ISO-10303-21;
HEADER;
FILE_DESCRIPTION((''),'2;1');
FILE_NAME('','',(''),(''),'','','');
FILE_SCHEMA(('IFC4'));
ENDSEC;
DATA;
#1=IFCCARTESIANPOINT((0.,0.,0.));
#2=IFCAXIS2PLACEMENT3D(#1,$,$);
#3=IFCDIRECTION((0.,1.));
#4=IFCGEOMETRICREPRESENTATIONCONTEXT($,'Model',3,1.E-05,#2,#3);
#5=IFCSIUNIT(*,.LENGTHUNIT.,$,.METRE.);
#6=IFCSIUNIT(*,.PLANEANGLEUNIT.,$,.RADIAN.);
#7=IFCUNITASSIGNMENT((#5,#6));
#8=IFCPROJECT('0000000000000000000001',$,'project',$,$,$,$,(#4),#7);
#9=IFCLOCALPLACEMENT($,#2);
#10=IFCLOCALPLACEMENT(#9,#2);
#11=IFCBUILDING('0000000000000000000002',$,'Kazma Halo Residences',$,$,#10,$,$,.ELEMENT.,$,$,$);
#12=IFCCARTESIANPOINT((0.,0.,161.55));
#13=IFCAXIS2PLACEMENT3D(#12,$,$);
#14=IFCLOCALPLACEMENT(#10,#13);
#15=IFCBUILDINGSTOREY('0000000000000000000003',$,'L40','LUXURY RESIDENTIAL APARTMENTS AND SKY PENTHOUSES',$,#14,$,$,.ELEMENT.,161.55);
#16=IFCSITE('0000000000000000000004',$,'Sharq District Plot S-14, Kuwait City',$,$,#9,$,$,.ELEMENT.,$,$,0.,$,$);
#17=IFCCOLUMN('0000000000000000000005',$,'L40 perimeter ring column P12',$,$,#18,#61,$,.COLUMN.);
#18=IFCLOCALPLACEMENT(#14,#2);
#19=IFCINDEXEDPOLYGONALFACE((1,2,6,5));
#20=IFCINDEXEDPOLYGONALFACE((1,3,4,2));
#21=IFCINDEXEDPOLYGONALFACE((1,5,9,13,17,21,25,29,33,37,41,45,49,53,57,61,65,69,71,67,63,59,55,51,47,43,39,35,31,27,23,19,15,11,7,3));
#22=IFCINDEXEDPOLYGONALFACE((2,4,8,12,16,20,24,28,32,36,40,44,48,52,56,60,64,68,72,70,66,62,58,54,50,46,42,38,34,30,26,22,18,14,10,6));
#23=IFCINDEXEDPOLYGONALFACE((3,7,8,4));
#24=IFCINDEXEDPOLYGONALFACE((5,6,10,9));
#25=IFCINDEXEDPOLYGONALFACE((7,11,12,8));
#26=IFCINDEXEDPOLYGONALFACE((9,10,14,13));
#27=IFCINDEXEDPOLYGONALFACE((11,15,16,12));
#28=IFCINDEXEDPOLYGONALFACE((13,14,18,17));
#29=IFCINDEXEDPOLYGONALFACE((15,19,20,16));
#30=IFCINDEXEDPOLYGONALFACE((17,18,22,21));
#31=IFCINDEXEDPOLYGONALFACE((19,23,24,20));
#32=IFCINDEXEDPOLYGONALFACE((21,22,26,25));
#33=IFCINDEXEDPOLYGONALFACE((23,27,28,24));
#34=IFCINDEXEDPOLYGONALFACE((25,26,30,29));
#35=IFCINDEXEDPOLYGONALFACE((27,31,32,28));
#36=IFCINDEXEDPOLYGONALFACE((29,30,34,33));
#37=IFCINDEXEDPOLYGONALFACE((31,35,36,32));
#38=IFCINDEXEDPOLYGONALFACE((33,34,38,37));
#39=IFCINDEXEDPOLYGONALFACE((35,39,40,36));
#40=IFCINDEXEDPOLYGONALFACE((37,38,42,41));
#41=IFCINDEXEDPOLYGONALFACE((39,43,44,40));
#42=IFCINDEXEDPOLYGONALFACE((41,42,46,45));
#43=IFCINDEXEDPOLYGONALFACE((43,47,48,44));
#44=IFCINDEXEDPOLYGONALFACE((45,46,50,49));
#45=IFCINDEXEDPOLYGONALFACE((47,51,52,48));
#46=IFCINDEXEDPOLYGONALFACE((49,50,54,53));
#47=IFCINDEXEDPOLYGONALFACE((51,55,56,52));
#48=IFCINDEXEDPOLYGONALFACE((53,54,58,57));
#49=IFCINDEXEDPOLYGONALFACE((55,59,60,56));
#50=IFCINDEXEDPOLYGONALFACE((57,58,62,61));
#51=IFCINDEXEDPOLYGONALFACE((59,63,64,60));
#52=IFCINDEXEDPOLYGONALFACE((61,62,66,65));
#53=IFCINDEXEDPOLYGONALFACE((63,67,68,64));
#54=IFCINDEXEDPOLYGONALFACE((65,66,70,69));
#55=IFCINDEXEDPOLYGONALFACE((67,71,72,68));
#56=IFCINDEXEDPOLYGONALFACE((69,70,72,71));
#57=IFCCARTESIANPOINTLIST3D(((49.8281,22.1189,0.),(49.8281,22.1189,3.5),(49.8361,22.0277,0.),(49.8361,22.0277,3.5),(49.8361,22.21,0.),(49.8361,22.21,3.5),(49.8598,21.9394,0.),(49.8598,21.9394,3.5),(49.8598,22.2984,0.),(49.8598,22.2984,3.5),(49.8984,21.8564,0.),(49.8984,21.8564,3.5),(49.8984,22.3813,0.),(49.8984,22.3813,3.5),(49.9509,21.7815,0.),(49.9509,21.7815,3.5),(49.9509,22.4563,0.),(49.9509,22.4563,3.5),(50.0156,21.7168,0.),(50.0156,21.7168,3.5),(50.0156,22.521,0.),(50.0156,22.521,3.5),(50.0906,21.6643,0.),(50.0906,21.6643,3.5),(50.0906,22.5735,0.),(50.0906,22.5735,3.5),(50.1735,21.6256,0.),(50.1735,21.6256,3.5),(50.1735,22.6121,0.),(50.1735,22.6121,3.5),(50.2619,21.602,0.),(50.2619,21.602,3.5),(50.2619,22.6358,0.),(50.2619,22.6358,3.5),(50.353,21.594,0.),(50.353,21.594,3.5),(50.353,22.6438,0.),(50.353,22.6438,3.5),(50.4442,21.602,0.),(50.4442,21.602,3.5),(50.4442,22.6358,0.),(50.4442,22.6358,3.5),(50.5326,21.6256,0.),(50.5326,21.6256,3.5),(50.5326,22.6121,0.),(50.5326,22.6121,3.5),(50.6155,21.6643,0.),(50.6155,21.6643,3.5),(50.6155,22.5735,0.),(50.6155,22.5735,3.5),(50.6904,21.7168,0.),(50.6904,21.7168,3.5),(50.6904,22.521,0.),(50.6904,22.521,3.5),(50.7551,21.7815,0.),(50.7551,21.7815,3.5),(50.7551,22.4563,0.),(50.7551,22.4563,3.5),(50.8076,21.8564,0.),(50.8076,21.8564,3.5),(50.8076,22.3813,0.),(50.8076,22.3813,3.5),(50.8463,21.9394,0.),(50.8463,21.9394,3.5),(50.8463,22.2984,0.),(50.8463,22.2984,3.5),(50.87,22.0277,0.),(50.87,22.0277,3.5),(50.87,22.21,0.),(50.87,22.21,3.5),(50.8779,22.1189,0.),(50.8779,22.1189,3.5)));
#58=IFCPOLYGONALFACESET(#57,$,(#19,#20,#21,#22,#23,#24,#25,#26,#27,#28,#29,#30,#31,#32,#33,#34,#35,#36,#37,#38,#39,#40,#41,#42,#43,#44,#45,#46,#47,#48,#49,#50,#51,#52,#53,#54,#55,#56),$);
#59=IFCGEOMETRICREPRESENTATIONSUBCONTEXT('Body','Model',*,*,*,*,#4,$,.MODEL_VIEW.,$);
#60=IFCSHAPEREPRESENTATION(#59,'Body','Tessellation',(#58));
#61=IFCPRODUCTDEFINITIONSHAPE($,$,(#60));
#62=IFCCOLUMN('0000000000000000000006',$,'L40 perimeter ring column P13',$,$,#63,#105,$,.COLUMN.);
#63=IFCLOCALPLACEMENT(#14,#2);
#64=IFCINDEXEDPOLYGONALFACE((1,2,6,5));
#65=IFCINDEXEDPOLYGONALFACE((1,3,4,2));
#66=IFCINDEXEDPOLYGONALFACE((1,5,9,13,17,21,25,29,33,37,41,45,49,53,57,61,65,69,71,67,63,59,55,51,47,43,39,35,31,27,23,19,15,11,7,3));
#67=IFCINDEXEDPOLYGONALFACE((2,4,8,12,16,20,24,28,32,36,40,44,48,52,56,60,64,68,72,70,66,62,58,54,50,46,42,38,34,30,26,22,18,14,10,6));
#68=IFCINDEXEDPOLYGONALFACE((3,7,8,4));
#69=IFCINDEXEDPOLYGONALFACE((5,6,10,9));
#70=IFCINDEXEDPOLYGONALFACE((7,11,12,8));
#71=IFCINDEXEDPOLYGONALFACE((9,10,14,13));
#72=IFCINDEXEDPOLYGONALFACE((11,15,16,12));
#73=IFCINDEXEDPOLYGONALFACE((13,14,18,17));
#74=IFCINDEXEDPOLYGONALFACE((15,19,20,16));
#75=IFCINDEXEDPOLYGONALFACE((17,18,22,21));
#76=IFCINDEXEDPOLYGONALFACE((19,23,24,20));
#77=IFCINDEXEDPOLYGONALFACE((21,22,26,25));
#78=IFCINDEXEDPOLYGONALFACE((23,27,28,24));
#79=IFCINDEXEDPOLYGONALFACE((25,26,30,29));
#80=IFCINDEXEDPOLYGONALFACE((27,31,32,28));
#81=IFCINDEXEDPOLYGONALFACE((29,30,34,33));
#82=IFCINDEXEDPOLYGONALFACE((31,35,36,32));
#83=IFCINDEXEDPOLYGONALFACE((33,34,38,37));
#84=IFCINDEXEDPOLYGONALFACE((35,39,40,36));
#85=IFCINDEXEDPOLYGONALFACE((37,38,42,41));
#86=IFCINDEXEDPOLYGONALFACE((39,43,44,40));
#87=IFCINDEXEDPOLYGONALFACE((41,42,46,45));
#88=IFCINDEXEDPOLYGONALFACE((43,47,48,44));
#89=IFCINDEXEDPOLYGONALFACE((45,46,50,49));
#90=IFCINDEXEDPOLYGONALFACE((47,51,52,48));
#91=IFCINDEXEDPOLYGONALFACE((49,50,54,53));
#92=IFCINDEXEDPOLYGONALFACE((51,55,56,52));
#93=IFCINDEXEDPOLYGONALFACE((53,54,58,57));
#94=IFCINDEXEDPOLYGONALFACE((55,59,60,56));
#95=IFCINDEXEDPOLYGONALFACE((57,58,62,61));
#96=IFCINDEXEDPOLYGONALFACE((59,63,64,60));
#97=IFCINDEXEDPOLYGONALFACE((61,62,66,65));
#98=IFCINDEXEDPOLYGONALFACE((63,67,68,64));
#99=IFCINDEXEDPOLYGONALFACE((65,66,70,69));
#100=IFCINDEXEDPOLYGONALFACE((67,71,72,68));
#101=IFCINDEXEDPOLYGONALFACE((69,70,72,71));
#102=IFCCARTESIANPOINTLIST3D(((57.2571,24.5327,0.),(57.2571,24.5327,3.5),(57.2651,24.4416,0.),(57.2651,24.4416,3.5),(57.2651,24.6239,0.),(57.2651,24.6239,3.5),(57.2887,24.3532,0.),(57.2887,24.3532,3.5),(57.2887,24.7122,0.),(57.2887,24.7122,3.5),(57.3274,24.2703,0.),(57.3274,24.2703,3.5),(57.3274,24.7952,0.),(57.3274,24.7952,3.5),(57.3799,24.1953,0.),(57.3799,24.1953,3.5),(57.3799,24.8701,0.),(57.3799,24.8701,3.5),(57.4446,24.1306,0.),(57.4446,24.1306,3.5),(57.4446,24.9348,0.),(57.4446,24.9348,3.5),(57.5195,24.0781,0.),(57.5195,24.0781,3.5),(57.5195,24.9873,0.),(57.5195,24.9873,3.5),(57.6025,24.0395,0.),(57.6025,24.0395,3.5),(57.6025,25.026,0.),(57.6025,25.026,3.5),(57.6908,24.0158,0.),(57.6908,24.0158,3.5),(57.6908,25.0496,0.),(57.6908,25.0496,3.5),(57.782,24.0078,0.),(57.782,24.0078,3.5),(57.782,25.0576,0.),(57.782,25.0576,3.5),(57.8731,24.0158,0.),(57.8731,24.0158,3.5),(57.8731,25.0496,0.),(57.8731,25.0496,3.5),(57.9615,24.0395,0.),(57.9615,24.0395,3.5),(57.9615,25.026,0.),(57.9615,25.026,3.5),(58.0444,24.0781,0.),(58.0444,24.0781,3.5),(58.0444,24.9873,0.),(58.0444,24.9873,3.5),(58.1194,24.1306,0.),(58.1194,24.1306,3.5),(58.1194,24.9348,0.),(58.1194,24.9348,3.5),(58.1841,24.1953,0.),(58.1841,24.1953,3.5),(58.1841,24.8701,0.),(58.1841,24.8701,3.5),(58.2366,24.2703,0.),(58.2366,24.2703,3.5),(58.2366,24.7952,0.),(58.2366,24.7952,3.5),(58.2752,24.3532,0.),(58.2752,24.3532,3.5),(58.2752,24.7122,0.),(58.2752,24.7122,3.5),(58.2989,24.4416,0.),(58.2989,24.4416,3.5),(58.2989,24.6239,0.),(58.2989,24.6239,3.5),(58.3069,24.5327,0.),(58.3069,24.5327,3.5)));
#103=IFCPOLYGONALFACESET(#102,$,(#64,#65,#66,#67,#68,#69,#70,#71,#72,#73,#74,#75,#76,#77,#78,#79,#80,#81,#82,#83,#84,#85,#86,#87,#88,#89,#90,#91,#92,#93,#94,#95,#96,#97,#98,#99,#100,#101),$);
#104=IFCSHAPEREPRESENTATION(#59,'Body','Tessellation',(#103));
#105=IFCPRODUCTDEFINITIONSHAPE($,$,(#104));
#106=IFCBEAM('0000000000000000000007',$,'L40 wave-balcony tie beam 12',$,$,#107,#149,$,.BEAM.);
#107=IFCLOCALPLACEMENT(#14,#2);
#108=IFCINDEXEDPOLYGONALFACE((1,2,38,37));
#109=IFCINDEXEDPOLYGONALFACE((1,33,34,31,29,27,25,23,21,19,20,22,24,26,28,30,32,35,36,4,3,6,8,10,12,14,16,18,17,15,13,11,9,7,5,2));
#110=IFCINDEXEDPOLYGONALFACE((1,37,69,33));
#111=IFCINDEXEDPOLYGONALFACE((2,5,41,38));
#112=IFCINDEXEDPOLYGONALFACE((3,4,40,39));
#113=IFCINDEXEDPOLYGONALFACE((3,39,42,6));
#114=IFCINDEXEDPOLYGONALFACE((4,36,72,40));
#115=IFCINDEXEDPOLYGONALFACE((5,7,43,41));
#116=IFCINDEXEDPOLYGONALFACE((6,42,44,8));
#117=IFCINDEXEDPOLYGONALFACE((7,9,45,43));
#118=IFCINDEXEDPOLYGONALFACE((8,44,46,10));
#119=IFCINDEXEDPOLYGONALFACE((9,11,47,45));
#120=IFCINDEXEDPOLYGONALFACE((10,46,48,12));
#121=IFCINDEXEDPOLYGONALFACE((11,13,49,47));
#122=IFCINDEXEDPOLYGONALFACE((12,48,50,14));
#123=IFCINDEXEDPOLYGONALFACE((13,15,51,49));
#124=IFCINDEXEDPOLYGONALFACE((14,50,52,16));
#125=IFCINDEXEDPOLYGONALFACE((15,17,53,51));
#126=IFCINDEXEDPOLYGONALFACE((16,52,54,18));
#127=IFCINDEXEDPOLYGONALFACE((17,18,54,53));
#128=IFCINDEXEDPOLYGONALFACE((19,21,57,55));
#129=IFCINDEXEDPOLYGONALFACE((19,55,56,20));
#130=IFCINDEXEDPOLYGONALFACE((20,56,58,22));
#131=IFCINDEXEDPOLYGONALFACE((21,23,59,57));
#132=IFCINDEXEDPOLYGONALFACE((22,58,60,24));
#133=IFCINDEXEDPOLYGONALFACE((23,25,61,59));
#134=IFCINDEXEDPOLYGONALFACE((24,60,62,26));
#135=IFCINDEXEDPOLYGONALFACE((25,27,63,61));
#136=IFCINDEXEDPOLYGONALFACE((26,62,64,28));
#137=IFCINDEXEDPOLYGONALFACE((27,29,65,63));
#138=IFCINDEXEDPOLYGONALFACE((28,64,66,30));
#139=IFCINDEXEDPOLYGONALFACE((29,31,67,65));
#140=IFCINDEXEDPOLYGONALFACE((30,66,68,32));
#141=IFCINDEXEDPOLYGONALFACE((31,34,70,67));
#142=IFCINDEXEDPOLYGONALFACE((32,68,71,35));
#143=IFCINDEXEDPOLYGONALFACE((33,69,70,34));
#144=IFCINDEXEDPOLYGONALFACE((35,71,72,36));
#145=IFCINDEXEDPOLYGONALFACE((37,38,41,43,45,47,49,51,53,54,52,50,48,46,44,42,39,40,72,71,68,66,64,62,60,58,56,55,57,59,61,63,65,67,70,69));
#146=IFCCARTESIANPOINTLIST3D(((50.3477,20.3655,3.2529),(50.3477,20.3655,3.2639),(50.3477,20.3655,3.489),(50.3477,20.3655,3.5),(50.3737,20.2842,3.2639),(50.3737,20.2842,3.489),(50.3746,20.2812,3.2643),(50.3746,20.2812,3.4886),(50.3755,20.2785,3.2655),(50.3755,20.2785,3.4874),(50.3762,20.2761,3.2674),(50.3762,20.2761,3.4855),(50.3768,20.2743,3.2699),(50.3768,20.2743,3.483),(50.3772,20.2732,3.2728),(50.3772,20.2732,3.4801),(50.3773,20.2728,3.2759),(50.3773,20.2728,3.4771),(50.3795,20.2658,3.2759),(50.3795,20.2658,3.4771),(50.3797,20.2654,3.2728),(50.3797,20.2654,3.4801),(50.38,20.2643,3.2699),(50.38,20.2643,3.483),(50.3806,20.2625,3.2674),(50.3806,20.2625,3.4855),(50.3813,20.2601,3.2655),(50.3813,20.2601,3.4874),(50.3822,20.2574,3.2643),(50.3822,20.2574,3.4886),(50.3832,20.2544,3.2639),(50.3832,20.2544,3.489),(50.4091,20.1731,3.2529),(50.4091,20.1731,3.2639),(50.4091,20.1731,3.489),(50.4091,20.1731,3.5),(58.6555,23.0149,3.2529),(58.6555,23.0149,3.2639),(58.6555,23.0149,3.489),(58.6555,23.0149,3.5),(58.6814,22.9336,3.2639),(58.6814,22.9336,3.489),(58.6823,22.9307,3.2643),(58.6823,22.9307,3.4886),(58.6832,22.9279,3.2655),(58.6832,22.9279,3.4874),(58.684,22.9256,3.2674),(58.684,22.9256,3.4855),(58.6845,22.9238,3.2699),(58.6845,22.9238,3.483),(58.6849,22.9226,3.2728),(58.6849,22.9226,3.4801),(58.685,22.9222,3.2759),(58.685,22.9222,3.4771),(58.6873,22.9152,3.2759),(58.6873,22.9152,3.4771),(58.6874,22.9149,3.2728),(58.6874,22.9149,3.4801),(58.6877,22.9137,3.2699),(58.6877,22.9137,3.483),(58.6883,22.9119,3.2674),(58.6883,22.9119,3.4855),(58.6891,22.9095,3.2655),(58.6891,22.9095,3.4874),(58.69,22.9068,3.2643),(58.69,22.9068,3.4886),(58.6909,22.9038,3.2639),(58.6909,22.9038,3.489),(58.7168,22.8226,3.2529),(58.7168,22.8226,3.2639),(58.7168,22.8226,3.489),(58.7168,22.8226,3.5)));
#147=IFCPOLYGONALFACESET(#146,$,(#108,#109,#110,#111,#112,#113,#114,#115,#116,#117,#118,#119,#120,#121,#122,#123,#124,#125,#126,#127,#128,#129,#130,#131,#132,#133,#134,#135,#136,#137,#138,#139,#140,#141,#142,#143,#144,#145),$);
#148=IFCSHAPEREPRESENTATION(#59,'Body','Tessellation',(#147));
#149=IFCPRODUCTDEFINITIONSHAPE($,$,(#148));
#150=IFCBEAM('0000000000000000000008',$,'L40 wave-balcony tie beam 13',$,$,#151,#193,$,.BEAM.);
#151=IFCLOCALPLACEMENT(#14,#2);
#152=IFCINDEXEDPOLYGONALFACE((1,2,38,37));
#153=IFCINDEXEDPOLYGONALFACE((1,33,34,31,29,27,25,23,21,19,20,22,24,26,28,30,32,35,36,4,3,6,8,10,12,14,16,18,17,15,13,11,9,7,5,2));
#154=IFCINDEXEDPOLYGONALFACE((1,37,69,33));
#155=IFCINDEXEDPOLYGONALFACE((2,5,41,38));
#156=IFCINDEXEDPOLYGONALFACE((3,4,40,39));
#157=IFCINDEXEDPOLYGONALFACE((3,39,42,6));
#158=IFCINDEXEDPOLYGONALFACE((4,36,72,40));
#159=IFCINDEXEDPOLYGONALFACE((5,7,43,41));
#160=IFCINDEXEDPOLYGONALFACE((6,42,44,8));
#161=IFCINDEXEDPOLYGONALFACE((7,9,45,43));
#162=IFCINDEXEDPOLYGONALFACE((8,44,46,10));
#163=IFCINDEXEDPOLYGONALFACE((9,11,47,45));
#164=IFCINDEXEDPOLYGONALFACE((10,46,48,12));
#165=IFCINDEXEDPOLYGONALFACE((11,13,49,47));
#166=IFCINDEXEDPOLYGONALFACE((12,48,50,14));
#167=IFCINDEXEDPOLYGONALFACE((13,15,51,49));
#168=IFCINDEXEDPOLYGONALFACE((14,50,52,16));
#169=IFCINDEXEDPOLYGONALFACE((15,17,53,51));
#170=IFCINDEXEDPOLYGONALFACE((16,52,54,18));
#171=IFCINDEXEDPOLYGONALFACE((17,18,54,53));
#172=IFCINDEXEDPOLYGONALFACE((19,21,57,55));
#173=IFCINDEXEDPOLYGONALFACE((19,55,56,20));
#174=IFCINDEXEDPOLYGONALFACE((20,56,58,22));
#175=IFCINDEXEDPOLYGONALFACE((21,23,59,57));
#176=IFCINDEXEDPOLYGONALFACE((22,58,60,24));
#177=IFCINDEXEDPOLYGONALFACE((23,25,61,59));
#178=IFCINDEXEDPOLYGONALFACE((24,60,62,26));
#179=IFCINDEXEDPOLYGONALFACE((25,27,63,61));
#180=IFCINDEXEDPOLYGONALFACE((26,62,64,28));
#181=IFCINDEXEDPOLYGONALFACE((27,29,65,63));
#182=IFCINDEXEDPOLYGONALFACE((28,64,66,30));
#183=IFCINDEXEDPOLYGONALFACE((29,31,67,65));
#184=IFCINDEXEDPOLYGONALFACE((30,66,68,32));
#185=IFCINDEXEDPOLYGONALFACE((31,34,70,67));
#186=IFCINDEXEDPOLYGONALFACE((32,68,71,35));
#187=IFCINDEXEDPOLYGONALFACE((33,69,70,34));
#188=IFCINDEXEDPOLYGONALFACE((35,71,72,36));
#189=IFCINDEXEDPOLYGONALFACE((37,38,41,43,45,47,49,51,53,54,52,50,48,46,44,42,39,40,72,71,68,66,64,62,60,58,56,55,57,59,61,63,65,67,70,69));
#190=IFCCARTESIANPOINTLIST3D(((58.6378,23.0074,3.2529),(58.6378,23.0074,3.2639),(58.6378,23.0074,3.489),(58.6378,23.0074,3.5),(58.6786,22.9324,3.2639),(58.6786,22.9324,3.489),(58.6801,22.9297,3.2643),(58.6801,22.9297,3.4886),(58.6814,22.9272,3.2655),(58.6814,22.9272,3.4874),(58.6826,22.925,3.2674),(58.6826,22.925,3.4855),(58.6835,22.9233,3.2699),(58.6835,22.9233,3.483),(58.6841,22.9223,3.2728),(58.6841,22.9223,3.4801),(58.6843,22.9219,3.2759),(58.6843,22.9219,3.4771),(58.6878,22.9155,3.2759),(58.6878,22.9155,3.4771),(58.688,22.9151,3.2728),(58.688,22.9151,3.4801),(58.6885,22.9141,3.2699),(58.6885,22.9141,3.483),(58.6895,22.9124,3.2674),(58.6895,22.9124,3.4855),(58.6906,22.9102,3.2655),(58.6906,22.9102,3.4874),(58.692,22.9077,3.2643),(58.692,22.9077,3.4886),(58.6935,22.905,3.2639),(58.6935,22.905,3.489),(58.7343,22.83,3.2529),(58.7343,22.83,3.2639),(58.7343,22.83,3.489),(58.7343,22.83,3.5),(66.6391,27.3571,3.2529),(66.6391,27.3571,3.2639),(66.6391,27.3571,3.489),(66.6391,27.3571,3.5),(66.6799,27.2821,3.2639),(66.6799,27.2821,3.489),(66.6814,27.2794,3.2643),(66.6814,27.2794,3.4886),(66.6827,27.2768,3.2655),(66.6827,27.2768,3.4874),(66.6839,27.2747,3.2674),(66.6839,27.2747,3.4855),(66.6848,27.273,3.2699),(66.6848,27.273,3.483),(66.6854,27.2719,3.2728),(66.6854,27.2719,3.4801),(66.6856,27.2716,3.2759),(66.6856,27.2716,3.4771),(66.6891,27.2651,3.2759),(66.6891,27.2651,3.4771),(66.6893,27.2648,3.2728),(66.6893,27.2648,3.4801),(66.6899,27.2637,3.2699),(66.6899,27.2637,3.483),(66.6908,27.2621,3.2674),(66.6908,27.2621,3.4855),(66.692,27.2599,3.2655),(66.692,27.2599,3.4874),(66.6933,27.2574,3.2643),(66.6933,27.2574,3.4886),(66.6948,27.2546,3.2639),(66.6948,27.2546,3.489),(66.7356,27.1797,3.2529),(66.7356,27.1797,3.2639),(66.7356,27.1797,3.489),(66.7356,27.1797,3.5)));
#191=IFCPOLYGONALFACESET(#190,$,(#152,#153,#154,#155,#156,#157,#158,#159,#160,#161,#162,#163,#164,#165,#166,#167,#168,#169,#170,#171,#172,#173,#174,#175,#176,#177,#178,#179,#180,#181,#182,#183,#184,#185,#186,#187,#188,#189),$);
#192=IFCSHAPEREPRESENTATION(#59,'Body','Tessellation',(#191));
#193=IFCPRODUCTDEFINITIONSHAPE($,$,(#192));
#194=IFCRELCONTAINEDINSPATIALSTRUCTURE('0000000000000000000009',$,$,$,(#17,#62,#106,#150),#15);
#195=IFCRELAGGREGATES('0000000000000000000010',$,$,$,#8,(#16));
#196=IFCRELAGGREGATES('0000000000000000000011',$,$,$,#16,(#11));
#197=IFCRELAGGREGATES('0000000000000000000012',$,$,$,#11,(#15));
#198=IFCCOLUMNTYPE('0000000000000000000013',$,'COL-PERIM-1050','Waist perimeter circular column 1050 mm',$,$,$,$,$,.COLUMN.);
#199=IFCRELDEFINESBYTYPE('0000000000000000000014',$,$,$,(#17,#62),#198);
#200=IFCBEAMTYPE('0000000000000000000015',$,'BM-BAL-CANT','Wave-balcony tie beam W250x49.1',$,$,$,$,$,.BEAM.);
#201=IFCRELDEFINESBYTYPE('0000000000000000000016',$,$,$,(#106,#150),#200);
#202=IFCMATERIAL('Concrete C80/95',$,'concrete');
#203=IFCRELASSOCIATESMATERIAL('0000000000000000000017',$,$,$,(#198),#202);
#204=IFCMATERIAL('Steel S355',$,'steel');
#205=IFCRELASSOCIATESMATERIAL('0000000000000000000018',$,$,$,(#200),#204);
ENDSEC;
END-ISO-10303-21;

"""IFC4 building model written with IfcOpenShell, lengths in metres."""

from ifc_helpers import new_model, si_unit, direction, frame, origin, origin_2d, place, context, subcontext, project, spatial, circle, i_section, extrude, material, material_profile, profile_set, type_object, element, save


model = new_model("IFC4")

# Units and contexts
model_context = context("Model", 3, precision=1e-05, world=origin(), true_north=direction((0.0, 1.0)))
body_context = subcontext(model_context, "Body", "Model", "MODEL_VIEW")
ifc_project = project(units=[si_unit("LENGTHUNIT", "METRE"), si_unit("PLANEANGLEUNIT", "RADIAN")], contexts=[model_context])

# Site, building, storey
site_placement = place(None, origin())
site = spatial("IfcSite", under=ifc_project, at=site_placement, Name="Sharq District Plot S-14, Kuwait City", CompositionType="ELEMENT", RefElevation=0.0)
building_placement = place(site_placement, origin())
building = spatial("IfcBuilding", under=site, at=building_placement, Name="Kazma Halo Residences", CompositionType="ELEMENT")
storey_placement = place(building_placement, frame((0.0, 0.0, 161.55)))
storey = spatial("IfcBuildingStorey", under=building, at=storey_placement, Name="L40", Description="LUXURY RESIDENTIAL APARTMENTS AND SKY PENTHOUSES", CompositionType="ELEMENT", Elevation=161.55)

# Columns
ifc_material_1 = material(Name="Concrete C80/95", Category="concrete")
ifc_material_profile_1 = material_profile(ifc_material_1, circle(Radius=0.5249, at=origin_2d()), Name="CIRC1050")
ifc_profile_set_1 = profile_set([ifc_material_profile_1], Name="Concrete C80/95")
column_type = type_object("IfcColumnType", Name="COL-PERIM-1050", Description="Waist perimeter circular column 1050 mm", PredefinedType="COLUMN", material=ifc_profile_set_1)
for number, where, z_axis, x_axis, name in (
    (1, (50.353, 22.1189, 0.0), (0.0, 0.0, 1.0), (1.0, 0.0, 0.0), "L40 perimeter ring column P12"),
    (2, (57.782, 24.5327, 0.0), (0.0, 0.0, 1.0), (1.0, 0.0, 0.0), "L40 perimeter ring column P13"),
):
    element("IfcColumn", number, at=place(storey_placement, frame(where, z_axis=z_axis, x_axis=x_axis)), inside=storey, type_object=column_type, Name=name, PredefinedType="COLUMN", context=body_context, shape_type="SweptSolid", body=[
        extrude(circle(Radius=0.5249, at=origin_2d()), origin(), (0.0, 0.0, 1.0), 3.5),
    ])

# Beams
ifc_material_2 = material(Name="Steel S355", Category="steel")
ifc_material_profile_2 = material_profile(ifc_material_2, i_section(OverallWidth=0.2019, OverallDepth=0.2471, WebThickness=0.0073, FlangeThickness=0.011, FilletRadius=0.012, at=origin_2d()), Name="W250x49.1")
ifc_profile_set_2 = profile_set([ifc_material_profile_2], Name="Steel S355")
beam_type_1 = type_object("IfcBeamType", Name="BM-BAL-CANT", Description="Wave-balcony tie beam W250x49.1", PredefinedType="BEAM", material=ifc_profile_set_2)
beam_1_placement = place(storey_placement, frame((50.3784, 20.2693, 3.3765), z_axis=(0.952724, 0.303837, 0.0), x_axis=(-0.303837, 0.952724, 0.0)))
element("IfcBeam", 3, at=beam_1_placement, inside=storey, type_object=beam_type_1, Name="L40 wave-balcony tie beam 12", PredefinedType="BEAM", context=body_context, shape_type="SweptSolid", body=[
    extrude(i_section(OverallWidth=0.2019, OverallDepth=0.2471, WebThickness=0.0073, FlangeThickness=0.011, FilletRadius=0.012, at=origin_2d()), origin(), (0.0, 0.0, 1.0), 8.72),
])
beam_2_placement = place(storey_placement, frame((58.686, 22.9187, 3.3765), z_axis=(0.878573, 0.477608, 0.0), x_axis=(-0.477608, 0.878573, 0.0)))
element("IfcBeam", 4, at=beam_2_placement, inside=storey, type_object=beam_type_1, Name="L40 wave-balcony tie beam 13", PredefinedType="BEAM", context=body_context, shape_type="SweptSolid", body=[
    extrude(i_section(OverallWidth=0.2019, OverallDepth=0.2471, WebThickness=0.0073, FlangeThickness=0.011, FilletRadius=0.012, at=origin_2d()), origin(), (0.0, 0.0, 1.0), 9.1072),
])

save(model, "model.ifc")
